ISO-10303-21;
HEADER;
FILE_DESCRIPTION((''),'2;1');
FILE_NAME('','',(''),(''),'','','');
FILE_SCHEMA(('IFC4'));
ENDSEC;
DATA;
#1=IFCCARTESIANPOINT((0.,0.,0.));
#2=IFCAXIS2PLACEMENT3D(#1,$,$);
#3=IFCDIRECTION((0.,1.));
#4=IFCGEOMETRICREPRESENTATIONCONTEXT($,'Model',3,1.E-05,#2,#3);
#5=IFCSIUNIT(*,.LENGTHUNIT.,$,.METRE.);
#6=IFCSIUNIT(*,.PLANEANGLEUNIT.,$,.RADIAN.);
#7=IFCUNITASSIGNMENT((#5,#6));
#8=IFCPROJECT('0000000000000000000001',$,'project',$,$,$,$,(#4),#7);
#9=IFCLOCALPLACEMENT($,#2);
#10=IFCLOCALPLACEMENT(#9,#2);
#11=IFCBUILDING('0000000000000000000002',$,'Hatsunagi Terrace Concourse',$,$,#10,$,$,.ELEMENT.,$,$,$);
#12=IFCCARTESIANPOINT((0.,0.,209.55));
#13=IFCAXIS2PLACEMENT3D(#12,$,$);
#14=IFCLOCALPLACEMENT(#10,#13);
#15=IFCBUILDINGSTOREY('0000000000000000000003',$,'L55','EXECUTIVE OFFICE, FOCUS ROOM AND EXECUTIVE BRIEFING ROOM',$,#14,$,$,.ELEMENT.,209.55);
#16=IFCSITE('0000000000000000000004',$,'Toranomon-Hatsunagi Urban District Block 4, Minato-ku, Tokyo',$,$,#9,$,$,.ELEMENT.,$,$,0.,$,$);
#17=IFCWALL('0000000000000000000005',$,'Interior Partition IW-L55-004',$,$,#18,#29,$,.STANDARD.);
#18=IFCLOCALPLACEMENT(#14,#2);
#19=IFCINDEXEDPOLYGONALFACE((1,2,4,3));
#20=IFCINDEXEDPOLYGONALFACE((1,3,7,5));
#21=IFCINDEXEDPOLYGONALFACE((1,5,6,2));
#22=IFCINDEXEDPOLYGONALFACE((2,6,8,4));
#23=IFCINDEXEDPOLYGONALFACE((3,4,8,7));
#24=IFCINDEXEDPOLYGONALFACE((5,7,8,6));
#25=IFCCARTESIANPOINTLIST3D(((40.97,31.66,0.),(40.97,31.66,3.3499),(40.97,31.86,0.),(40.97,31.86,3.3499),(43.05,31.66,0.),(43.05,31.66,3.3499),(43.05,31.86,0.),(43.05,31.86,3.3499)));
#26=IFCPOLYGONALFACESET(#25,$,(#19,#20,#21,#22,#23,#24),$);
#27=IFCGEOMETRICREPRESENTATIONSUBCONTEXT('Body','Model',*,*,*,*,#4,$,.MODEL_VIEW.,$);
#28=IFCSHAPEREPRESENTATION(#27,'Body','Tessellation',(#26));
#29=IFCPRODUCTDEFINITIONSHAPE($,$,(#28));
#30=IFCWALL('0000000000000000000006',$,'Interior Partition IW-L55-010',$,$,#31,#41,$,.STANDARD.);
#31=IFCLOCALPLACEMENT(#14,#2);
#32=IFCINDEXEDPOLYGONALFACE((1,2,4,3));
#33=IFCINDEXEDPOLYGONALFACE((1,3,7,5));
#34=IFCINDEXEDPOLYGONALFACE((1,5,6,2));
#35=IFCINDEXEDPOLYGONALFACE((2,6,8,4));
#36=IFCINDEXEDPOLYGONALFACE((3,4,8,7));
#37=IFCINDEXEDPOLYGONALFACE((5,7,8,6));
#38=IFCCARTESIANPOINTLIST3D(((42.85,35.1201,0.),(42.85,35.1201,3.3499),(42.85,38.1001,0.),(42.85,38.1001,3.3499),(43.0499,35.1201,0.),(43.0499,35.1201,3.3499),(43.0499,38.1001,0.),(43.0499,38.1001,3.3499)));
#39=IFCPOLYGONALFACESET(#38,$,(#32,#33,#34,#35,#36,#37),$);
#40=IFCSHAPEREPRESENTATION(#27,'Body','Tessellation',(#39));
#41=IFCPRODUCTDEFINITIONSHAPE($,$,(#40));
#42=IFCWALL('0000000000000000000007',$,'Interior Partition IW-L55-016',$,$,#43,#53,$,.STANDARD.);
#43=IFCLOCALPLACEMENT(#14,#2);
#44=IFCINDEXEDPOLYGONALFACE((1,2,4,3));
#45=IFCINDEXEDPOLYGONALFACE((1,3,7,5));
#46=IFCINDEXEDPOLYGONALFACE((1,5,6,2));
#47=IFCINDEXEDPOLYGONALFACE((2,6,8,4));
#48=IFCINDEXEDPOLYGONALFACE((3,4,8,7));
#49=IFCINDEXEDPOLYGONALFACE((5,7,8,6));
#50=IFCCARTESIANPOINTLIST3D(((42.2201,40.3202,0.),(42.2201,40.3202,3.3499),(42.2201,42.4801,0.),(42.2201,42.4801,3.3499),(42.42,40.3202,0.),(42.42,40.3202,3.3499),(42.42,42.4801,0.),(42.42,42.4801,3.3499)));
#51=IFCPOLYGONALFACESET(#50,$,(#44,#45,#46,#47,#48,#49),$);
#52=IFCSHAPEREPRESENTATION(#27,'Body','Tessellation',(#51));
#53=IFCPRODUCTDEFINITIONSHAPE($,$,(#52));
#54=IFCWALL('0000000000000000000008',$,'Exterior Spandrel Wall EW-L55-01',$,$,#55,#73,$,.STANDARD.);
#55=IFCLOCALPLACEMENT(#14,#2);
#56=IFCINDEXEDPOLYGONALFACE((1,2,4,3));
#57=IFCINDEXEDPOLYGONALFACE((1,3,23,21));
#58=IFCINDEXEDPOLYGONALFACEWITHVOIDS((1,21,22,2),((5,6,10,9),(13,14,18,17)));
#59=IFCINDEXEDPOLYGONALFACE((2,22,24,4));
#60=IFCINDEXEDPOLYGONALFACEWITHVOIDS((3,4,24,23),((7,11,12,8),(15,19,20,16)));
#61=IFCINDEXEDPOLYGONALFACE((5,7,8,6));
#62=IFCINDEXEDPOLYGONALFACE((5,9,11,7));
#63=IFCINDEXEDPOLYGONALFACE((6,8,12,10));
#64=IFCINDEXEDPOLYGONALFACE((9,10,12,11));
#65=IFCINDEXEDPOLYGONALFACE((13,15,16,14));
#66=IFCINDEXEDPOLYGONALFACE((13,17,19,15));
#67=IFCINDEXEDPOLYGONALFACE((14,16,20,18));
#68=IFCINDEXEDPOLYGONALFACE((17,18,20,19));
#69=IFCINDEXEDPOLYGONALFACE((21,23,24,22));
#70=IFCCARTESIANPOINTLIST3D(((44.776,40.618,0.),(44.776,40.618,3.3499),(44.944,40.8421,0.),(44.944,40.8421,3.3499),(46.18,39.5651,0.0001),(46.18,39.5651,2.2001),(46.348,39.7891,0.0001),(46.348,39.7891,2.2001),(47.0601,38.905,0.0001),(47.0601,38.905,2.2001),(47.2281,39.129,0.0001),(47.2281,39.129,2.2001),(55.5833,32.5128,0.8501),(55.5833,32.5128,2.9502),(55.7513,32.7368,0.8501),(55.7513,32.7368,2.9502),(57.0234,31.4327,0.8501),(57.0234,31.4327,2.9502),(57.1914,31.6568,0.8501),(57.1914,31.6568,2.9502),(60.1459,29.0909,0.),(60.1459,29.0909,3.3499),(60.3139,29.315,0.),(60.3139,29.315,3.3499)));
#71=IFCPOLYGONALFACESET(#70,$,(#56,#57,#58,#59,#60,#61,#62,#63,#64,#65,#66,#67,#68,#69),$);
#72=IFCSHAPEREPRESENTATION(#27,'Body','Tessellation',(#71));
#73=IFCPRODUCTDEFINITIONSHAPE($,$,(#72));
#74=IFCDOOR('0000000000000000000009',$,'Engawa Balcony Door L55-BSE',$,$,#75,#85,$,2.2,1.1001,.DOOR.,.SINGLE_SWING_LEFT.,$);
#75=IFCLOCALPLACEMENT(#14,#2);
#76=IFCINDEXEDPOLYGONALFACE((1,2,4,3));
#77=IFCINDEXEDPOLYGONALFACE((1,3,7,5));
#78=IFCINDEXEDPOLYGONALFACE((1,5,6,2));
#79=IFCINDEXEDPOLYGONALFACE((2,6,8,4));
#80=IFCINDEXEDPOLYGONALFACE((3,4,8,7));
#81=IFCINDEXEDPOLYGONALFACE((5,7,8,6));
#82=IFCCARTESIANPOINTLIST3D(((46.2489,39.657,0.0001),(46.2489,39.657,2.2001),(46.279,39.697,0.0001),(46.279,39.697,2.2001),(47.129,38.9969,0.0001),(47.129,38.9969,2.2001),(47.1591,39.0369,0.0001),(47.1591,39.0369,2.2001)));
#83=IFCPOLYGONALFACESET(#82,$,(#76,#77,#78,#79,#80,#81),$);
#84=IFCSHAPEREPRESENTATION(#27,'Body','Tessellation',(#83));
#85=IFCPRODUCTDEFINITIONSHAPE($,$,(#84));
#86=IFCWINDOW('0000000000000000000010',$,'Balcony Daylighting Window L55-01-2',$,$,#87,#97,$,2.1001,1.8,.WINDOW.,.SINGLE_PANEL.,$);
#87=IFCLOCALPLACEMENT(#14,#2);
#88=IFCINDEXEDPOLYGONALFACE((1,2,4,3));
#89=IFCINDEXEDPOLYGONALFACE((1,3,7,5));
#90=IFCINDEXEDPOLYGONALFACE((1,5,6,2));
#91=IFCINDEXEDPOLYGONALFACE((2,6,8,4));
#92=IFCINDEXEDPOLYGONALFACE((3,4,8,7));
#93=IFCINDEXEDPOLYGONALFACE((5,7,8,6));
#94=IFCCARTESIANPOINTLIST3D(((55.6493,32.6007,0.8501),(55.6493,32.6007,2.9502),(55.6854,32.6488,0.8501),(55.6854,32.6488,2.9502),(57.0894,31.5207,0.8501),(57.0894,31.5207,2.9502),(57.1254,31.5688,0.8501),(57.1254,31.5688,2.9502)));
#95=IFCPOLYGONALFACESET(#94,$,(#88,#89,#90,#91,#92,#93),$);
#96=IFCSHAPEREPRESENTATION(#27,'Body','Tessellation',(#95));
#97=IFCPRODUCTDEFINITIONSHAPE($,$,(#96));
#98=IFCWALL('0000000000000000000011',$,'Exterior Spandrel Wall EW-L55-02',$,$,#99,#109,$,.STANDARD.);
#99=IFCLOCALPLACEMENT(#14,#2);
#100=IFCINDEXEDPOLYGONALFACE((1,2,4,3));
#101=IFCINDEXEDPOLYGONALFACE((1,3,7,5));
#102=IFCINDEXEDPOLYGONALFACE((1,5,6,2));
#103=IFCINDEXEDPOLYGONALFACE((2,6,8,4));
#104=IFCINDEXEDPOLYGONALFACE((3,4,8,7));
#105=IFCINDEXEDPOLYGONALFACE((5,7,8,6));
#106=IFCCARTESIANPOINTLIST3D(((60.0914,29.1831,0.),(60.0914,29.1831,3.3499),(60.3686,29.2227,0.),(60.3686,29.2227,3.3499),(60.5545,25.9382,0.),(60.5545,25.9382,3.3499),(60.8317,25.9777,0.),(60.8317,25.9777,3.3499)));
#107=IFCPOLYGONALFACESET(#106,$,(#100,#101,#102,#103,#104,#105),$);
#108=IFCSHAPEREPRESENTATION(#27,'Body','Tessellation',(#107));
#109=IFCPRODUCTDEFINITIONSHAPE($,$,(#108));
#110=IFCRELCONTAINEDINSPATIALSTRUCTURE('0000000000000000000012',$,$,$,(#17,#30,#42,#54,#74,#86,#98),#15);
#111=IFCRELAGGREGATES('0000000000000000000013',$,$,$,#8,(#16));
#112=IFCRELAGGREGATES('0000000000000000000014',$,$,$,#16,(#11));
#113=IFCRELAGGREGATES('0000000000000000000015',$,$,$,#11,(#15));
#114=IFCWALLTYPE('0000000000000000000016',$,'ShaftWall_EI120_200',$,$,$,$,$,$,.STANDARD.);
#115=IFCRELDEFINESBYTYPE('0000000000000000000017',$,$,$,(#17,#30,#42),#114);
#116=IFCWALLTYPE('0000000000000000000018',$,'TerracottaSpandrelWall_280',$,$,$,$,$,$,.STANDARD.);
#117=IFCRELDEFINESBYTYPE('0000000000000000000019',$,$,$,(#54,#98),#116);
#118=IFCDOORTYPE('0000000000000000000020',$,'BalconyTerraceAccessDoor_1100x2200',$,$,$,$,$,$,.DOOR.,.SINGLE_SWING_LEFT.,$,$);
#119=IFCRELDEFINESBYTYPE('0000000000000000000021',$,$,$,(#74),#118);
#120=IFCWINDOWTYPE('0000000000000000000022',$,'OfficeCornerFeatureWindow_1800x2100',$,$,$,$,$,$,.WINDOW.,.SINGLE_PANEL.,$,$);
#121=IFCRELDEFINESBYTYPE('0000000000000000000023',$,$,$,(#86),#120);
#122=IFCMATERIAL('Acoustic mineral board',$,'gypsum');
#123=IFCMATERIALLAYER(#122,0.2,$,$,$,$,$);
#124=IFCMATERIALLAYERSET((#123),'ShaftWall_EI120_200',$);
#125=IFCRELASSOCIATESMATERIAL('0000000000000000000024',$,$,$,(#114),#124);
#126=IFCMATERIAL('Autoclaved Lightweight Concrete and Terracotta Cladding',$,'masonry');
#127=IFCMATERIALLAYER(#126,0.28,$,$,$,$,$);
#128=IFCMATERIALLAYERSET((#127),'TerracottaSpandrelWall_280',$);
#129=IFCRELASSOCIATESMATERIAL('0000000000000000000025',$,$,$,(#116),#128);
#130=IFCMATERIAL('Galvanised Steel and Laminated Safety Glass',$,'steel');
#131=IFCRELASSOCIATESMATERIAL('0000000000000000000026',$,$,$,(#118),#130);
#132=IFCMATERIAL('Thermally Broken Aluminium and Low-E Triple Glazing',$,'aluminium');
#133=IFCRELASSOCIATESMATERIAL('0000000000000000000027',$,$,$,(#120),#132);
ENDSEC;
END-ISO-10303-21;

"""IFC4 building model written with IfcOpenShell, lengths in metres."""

from ifc_helpers import new_model, si_unit, direction, frame, frame_2d, origin, place, context, subcontext, project, spatial, rectangle, extrude, material, layer, layer_set, type_object, element, fill, save


model = new_model("IFC4")

# Units and contexts
model_context = context("Model", 3, precision=1e-05, world=origin(), true_north=direction((0.0, 1.0)))
body_context = subcontext(model_context, "Body", "Model", "MODEL_VIEW")
ifc_project = project(units=[si_unit("LENGTHUNIT", "METRE"), si_unit("PLANEANGLEUNIT", "RADIAN")], contexts=[model_context])

# Site, building, storey
site_placement = place(None, origin())
site = spatial("IfcSite", under=ifc_project, at=site_placement, Name="Toranomon-Hatsunagi Urban District Block 4, Minato-ku, Tokyo", CompositionType="ELEMENT", RefElevation=0.0)
building_placement = place(site_placement, origin())
building = spatial("IfcBuilding", under=site, at=building_placement, Name="Hatsunagi Terrace Concourse", CompositionType="ELEMENT")
storey_placement = place(building_placement, frame((0.0, 0.0, 209.55)))
storey = spatial("IfcBuildingStorey", under=building, at=storey_placement, Name="L55", Description="EXECUTIVE OFFICE, FOCUS ROOM AND EXECUTIVE BRIEFING ROOM", CompositionType="ELEMENT", Elevation=209.55)

# Walls
ifc_material_1 = material(Name="Acoustic mineral board", Category="gypsum")
ifc_layer_1 = layer(ifc_material_1, 0.2)
ifc_layer_set_1 = layer_set([ifc_layer_1], Name="ShaftWall_EI120_200")
wall_type_1 = type_object("IfcWallType", Name="ShaftWall_EI120_200", PredefinedType="STANDARD", material=ifc_layer_set_1)
wall_1_placement = place(storey_placement, frame((40.97, 31.76, 0.0), z_axis=(0.0, 0.0, 1.0), x_axis=(1.0, 0.0, 0.0)))
element("IfcWall", 1, at=wall_1_placement, inside=storey, type_object=wall_type_1, Name="Interior Partition IW-L55-004", PredefinedType="STANDARD", context=body_context, shape_type="SweptSolid", body=[
    extrude(rectangle(XDim=2.0801, YDim=0.2, at=frame_2d((1.04, 0.0))), origin(), (0.0, 0.0, 1.0), 3.3499),
])
wall_2_placement = place(storey_placement, frame((42.95, 35.1201, 0.0), z_axis=(0.0, 0.0, 1.0), x_axis=(0.0, 1.0, 0.0)))
element("IfcWall", 2, at=wall_2_placement, inside=storey, type_object=wall_type_1, Name="Interior Partition IW-L55-010", PredefinedType="STANDARD", context=body_context, shape_type="SweptSolid", body=[
    extrude(rectangle(XDim=2.98, YDim=0.2, at=frame_2d((1.49, 0.0))), origin(), (0.0, 0.0, 1.0), 3.3499),
])
wall_3_placement = place(storey_placement, frame((42.3201, 40.3201, 0.0), z_axis=(0.0, 0.0, 1.0), x_axis=(0.0, 1.0, 0.0)))
element("IfcWall", 3, at=wall_3_placement, inside=storey, type_object=wall_type_1, Name="Interior Partition IW-L55-016", PredefinedType="STANDARD", context=body_context, shape_type="SweptSolid", body=[
    extrude(rectangle(XDim=2.1599, YDim=0.2, at=frame_2d((1.0801, 0.0))), origin(), (0.0, 0.0, 1.0), 3.3499),
])

# Wall, openings, door, window
ifc_material_2 = material(Name="Autoclaved Lightweight Concrete and Terracotta Cladding", Category="masonry")
ifc_layer_2 = layer(ifc_material_2, 0.28)
ifc_layer_set_2 = layer_set([ifc_layer_2], Name="TerracottaSpandrelWall_280")
wall_type_2 = type_object("IfcWallType", Name="TerracottaSpandrelWall_280", PredefinedType="STANDARD", material=ifc_layer_set_2)
wall_4_placement = place(storey_placement, frame((44.8601, 40.73, 0.0), z_axis=(0.0, 0.0, 1.0), x_axis=(0.800008, -0.59999, 0.0)))
wall_4 = element("IfcWall", 4, at=wall_4_placement, inside=storey, type_object=wall_type_2, Name="Exterior Spandrel Wall EW-L55-01", PredefinedType="STANDARD", context=body_context, shape_type="SweptSolid", body=[
    extrude(rectangle(XDim=19.2122, YDim=0.28, at=frame_2d((9.606, 0.0))), origin(), (0.0, 0.0, 1.0), 3.3499),
])
opening_1_placement = place(wall_4_placement, frame((1.7549, 0.0, 0.0)))
opening_1 = element("IfcOpeningElement", 5, at=opening_1_placement, cuts=wall_4, PredefinedType="OPENING", context=body_context, shape_type="SweptSolid", body=[
    extrude(rectangle(XDim=1.1001, YDim=2.2, at=frame_2d((0.55, 1.1001))), frame((0.0, 0.1499, 0.0), z_axis=(0.0, -1.0, 0.0), x_axis=(1.0, 0.0, 0.0)), (0.0, 0.0, 1.0), 0.3),
])
opening_2_placement = place(wall_4_placement, frame((13.509, 0.0, 0.8501)))
opening_2 = element("IfcOpeningElement", 6, at=opening_2_placement, cuts=wall_4, PredefinedType="OPENING", context=body_context, shape_type="SweptSolid", body=[
    extrude(rectangle(XDim=1.8, YDim=2.1001, at=frame_2d((0.8999, 1.05))), frame((0.0, 0.1499, 0.0), z_axis=(0.0, -1.0, 0.0), x_axis=(1.0, 0.0, 0.0)), (0.0, 0.0, 1.0), 0.3),
])
ifc_material_3 = material(Name="Galvanised Steel and Laminated Safety Glass", Category="steel")
door_type_1 = type_object("IfcDoorType", Name="BalconyTerraceAccessDoor_1100x2200", OperationType="SINGLE_SWING_LEFT", PredefinedType="DOOR", material=ifc_material_3)
door_1_placement = place(opening_1_placement, origin())
door_1 = element("IfcDoor", 7, at=door_1_placement, inside=storey, type_object=door_type_1, Name="Engawa Balcony Door L55-BSE", OperationType="SINGLE_SWING_LEFT", OverallHeight=2.2, OverallWidth=1.1001, PredefinedType="DOOR", context=body_context, shape_type="SweptSolid", body=[
    extrude(rectangle(XDim=1.1001, YDim=2.2, at=frame_2d((0.55, 1.1001))), frame((0.0, 0.0249, 0.0), z_axis=(0.0, -1.0, 0.0), x_axis=(1.0, 0.0, 0.0)), (0.0, 0.0, 1.0), 0.05),
])
fill(opening_1, door_1)
ifc_material_4 = material(Name="Thermally Broken Aluminium and Low-E Triple Glazing", Category="aluminium")
window_type = type_object("IfcWindowType", Name="OfficeCornerFeatureWindow_1800x2100", PartitioningType="SINGLE_PANEL", PredefinedType="WINDOW", material=ifc_material_4)
window_placement = place(opening_2_placement, origin())
window = element("IfcWindow", 8, at=window_placement, inside=storey, type_object=window_type, Name="Balcony Daylighting Window L55-01-2", OverallHeight=2.1001, OverallWidth=1.8, PartitioningType="SINGLE_PANEL", PredefinedType="WINDOW", context=body_context, shape_type="SweptSolid", body=[
    extrude(rectangle(XDim=1.8, YDim=2.1001, at=frame_2d((0.8999, 1.05))), frame((0.0, 0.03, 0.0), z_axis=(0.0, -1.0, 0.0), x_axis=(1.0, 0.0, 0.0)), (0.0, 0.0, 1.0), 0.0601),
])
fill(opening_2, window)

# Wall
wall_5_placement = place(storey_placement, frame((60.23, 29.2029, 0.0), z_axis=(0.0, 0.0, 1.0), x_axis=(0.141296, -0.989967, 0.0)))
element("IfcWall", 9, at=wall_5_placement, inside=storey, type_object=wall_type_2, Name="Exterior Spandrel Wall EW-L55-02", PredefinedType="STANDARD", context=body_context, shape_type="SweptSolid", body=[
    extrude(rectangle(XDim=3.2778, YDim=0.28, at=frame_2d((1.6389, 0.0))), origin(), (0.0, 0.0, 1.0), 3.3499),
])

save(model, "model.ifc")
